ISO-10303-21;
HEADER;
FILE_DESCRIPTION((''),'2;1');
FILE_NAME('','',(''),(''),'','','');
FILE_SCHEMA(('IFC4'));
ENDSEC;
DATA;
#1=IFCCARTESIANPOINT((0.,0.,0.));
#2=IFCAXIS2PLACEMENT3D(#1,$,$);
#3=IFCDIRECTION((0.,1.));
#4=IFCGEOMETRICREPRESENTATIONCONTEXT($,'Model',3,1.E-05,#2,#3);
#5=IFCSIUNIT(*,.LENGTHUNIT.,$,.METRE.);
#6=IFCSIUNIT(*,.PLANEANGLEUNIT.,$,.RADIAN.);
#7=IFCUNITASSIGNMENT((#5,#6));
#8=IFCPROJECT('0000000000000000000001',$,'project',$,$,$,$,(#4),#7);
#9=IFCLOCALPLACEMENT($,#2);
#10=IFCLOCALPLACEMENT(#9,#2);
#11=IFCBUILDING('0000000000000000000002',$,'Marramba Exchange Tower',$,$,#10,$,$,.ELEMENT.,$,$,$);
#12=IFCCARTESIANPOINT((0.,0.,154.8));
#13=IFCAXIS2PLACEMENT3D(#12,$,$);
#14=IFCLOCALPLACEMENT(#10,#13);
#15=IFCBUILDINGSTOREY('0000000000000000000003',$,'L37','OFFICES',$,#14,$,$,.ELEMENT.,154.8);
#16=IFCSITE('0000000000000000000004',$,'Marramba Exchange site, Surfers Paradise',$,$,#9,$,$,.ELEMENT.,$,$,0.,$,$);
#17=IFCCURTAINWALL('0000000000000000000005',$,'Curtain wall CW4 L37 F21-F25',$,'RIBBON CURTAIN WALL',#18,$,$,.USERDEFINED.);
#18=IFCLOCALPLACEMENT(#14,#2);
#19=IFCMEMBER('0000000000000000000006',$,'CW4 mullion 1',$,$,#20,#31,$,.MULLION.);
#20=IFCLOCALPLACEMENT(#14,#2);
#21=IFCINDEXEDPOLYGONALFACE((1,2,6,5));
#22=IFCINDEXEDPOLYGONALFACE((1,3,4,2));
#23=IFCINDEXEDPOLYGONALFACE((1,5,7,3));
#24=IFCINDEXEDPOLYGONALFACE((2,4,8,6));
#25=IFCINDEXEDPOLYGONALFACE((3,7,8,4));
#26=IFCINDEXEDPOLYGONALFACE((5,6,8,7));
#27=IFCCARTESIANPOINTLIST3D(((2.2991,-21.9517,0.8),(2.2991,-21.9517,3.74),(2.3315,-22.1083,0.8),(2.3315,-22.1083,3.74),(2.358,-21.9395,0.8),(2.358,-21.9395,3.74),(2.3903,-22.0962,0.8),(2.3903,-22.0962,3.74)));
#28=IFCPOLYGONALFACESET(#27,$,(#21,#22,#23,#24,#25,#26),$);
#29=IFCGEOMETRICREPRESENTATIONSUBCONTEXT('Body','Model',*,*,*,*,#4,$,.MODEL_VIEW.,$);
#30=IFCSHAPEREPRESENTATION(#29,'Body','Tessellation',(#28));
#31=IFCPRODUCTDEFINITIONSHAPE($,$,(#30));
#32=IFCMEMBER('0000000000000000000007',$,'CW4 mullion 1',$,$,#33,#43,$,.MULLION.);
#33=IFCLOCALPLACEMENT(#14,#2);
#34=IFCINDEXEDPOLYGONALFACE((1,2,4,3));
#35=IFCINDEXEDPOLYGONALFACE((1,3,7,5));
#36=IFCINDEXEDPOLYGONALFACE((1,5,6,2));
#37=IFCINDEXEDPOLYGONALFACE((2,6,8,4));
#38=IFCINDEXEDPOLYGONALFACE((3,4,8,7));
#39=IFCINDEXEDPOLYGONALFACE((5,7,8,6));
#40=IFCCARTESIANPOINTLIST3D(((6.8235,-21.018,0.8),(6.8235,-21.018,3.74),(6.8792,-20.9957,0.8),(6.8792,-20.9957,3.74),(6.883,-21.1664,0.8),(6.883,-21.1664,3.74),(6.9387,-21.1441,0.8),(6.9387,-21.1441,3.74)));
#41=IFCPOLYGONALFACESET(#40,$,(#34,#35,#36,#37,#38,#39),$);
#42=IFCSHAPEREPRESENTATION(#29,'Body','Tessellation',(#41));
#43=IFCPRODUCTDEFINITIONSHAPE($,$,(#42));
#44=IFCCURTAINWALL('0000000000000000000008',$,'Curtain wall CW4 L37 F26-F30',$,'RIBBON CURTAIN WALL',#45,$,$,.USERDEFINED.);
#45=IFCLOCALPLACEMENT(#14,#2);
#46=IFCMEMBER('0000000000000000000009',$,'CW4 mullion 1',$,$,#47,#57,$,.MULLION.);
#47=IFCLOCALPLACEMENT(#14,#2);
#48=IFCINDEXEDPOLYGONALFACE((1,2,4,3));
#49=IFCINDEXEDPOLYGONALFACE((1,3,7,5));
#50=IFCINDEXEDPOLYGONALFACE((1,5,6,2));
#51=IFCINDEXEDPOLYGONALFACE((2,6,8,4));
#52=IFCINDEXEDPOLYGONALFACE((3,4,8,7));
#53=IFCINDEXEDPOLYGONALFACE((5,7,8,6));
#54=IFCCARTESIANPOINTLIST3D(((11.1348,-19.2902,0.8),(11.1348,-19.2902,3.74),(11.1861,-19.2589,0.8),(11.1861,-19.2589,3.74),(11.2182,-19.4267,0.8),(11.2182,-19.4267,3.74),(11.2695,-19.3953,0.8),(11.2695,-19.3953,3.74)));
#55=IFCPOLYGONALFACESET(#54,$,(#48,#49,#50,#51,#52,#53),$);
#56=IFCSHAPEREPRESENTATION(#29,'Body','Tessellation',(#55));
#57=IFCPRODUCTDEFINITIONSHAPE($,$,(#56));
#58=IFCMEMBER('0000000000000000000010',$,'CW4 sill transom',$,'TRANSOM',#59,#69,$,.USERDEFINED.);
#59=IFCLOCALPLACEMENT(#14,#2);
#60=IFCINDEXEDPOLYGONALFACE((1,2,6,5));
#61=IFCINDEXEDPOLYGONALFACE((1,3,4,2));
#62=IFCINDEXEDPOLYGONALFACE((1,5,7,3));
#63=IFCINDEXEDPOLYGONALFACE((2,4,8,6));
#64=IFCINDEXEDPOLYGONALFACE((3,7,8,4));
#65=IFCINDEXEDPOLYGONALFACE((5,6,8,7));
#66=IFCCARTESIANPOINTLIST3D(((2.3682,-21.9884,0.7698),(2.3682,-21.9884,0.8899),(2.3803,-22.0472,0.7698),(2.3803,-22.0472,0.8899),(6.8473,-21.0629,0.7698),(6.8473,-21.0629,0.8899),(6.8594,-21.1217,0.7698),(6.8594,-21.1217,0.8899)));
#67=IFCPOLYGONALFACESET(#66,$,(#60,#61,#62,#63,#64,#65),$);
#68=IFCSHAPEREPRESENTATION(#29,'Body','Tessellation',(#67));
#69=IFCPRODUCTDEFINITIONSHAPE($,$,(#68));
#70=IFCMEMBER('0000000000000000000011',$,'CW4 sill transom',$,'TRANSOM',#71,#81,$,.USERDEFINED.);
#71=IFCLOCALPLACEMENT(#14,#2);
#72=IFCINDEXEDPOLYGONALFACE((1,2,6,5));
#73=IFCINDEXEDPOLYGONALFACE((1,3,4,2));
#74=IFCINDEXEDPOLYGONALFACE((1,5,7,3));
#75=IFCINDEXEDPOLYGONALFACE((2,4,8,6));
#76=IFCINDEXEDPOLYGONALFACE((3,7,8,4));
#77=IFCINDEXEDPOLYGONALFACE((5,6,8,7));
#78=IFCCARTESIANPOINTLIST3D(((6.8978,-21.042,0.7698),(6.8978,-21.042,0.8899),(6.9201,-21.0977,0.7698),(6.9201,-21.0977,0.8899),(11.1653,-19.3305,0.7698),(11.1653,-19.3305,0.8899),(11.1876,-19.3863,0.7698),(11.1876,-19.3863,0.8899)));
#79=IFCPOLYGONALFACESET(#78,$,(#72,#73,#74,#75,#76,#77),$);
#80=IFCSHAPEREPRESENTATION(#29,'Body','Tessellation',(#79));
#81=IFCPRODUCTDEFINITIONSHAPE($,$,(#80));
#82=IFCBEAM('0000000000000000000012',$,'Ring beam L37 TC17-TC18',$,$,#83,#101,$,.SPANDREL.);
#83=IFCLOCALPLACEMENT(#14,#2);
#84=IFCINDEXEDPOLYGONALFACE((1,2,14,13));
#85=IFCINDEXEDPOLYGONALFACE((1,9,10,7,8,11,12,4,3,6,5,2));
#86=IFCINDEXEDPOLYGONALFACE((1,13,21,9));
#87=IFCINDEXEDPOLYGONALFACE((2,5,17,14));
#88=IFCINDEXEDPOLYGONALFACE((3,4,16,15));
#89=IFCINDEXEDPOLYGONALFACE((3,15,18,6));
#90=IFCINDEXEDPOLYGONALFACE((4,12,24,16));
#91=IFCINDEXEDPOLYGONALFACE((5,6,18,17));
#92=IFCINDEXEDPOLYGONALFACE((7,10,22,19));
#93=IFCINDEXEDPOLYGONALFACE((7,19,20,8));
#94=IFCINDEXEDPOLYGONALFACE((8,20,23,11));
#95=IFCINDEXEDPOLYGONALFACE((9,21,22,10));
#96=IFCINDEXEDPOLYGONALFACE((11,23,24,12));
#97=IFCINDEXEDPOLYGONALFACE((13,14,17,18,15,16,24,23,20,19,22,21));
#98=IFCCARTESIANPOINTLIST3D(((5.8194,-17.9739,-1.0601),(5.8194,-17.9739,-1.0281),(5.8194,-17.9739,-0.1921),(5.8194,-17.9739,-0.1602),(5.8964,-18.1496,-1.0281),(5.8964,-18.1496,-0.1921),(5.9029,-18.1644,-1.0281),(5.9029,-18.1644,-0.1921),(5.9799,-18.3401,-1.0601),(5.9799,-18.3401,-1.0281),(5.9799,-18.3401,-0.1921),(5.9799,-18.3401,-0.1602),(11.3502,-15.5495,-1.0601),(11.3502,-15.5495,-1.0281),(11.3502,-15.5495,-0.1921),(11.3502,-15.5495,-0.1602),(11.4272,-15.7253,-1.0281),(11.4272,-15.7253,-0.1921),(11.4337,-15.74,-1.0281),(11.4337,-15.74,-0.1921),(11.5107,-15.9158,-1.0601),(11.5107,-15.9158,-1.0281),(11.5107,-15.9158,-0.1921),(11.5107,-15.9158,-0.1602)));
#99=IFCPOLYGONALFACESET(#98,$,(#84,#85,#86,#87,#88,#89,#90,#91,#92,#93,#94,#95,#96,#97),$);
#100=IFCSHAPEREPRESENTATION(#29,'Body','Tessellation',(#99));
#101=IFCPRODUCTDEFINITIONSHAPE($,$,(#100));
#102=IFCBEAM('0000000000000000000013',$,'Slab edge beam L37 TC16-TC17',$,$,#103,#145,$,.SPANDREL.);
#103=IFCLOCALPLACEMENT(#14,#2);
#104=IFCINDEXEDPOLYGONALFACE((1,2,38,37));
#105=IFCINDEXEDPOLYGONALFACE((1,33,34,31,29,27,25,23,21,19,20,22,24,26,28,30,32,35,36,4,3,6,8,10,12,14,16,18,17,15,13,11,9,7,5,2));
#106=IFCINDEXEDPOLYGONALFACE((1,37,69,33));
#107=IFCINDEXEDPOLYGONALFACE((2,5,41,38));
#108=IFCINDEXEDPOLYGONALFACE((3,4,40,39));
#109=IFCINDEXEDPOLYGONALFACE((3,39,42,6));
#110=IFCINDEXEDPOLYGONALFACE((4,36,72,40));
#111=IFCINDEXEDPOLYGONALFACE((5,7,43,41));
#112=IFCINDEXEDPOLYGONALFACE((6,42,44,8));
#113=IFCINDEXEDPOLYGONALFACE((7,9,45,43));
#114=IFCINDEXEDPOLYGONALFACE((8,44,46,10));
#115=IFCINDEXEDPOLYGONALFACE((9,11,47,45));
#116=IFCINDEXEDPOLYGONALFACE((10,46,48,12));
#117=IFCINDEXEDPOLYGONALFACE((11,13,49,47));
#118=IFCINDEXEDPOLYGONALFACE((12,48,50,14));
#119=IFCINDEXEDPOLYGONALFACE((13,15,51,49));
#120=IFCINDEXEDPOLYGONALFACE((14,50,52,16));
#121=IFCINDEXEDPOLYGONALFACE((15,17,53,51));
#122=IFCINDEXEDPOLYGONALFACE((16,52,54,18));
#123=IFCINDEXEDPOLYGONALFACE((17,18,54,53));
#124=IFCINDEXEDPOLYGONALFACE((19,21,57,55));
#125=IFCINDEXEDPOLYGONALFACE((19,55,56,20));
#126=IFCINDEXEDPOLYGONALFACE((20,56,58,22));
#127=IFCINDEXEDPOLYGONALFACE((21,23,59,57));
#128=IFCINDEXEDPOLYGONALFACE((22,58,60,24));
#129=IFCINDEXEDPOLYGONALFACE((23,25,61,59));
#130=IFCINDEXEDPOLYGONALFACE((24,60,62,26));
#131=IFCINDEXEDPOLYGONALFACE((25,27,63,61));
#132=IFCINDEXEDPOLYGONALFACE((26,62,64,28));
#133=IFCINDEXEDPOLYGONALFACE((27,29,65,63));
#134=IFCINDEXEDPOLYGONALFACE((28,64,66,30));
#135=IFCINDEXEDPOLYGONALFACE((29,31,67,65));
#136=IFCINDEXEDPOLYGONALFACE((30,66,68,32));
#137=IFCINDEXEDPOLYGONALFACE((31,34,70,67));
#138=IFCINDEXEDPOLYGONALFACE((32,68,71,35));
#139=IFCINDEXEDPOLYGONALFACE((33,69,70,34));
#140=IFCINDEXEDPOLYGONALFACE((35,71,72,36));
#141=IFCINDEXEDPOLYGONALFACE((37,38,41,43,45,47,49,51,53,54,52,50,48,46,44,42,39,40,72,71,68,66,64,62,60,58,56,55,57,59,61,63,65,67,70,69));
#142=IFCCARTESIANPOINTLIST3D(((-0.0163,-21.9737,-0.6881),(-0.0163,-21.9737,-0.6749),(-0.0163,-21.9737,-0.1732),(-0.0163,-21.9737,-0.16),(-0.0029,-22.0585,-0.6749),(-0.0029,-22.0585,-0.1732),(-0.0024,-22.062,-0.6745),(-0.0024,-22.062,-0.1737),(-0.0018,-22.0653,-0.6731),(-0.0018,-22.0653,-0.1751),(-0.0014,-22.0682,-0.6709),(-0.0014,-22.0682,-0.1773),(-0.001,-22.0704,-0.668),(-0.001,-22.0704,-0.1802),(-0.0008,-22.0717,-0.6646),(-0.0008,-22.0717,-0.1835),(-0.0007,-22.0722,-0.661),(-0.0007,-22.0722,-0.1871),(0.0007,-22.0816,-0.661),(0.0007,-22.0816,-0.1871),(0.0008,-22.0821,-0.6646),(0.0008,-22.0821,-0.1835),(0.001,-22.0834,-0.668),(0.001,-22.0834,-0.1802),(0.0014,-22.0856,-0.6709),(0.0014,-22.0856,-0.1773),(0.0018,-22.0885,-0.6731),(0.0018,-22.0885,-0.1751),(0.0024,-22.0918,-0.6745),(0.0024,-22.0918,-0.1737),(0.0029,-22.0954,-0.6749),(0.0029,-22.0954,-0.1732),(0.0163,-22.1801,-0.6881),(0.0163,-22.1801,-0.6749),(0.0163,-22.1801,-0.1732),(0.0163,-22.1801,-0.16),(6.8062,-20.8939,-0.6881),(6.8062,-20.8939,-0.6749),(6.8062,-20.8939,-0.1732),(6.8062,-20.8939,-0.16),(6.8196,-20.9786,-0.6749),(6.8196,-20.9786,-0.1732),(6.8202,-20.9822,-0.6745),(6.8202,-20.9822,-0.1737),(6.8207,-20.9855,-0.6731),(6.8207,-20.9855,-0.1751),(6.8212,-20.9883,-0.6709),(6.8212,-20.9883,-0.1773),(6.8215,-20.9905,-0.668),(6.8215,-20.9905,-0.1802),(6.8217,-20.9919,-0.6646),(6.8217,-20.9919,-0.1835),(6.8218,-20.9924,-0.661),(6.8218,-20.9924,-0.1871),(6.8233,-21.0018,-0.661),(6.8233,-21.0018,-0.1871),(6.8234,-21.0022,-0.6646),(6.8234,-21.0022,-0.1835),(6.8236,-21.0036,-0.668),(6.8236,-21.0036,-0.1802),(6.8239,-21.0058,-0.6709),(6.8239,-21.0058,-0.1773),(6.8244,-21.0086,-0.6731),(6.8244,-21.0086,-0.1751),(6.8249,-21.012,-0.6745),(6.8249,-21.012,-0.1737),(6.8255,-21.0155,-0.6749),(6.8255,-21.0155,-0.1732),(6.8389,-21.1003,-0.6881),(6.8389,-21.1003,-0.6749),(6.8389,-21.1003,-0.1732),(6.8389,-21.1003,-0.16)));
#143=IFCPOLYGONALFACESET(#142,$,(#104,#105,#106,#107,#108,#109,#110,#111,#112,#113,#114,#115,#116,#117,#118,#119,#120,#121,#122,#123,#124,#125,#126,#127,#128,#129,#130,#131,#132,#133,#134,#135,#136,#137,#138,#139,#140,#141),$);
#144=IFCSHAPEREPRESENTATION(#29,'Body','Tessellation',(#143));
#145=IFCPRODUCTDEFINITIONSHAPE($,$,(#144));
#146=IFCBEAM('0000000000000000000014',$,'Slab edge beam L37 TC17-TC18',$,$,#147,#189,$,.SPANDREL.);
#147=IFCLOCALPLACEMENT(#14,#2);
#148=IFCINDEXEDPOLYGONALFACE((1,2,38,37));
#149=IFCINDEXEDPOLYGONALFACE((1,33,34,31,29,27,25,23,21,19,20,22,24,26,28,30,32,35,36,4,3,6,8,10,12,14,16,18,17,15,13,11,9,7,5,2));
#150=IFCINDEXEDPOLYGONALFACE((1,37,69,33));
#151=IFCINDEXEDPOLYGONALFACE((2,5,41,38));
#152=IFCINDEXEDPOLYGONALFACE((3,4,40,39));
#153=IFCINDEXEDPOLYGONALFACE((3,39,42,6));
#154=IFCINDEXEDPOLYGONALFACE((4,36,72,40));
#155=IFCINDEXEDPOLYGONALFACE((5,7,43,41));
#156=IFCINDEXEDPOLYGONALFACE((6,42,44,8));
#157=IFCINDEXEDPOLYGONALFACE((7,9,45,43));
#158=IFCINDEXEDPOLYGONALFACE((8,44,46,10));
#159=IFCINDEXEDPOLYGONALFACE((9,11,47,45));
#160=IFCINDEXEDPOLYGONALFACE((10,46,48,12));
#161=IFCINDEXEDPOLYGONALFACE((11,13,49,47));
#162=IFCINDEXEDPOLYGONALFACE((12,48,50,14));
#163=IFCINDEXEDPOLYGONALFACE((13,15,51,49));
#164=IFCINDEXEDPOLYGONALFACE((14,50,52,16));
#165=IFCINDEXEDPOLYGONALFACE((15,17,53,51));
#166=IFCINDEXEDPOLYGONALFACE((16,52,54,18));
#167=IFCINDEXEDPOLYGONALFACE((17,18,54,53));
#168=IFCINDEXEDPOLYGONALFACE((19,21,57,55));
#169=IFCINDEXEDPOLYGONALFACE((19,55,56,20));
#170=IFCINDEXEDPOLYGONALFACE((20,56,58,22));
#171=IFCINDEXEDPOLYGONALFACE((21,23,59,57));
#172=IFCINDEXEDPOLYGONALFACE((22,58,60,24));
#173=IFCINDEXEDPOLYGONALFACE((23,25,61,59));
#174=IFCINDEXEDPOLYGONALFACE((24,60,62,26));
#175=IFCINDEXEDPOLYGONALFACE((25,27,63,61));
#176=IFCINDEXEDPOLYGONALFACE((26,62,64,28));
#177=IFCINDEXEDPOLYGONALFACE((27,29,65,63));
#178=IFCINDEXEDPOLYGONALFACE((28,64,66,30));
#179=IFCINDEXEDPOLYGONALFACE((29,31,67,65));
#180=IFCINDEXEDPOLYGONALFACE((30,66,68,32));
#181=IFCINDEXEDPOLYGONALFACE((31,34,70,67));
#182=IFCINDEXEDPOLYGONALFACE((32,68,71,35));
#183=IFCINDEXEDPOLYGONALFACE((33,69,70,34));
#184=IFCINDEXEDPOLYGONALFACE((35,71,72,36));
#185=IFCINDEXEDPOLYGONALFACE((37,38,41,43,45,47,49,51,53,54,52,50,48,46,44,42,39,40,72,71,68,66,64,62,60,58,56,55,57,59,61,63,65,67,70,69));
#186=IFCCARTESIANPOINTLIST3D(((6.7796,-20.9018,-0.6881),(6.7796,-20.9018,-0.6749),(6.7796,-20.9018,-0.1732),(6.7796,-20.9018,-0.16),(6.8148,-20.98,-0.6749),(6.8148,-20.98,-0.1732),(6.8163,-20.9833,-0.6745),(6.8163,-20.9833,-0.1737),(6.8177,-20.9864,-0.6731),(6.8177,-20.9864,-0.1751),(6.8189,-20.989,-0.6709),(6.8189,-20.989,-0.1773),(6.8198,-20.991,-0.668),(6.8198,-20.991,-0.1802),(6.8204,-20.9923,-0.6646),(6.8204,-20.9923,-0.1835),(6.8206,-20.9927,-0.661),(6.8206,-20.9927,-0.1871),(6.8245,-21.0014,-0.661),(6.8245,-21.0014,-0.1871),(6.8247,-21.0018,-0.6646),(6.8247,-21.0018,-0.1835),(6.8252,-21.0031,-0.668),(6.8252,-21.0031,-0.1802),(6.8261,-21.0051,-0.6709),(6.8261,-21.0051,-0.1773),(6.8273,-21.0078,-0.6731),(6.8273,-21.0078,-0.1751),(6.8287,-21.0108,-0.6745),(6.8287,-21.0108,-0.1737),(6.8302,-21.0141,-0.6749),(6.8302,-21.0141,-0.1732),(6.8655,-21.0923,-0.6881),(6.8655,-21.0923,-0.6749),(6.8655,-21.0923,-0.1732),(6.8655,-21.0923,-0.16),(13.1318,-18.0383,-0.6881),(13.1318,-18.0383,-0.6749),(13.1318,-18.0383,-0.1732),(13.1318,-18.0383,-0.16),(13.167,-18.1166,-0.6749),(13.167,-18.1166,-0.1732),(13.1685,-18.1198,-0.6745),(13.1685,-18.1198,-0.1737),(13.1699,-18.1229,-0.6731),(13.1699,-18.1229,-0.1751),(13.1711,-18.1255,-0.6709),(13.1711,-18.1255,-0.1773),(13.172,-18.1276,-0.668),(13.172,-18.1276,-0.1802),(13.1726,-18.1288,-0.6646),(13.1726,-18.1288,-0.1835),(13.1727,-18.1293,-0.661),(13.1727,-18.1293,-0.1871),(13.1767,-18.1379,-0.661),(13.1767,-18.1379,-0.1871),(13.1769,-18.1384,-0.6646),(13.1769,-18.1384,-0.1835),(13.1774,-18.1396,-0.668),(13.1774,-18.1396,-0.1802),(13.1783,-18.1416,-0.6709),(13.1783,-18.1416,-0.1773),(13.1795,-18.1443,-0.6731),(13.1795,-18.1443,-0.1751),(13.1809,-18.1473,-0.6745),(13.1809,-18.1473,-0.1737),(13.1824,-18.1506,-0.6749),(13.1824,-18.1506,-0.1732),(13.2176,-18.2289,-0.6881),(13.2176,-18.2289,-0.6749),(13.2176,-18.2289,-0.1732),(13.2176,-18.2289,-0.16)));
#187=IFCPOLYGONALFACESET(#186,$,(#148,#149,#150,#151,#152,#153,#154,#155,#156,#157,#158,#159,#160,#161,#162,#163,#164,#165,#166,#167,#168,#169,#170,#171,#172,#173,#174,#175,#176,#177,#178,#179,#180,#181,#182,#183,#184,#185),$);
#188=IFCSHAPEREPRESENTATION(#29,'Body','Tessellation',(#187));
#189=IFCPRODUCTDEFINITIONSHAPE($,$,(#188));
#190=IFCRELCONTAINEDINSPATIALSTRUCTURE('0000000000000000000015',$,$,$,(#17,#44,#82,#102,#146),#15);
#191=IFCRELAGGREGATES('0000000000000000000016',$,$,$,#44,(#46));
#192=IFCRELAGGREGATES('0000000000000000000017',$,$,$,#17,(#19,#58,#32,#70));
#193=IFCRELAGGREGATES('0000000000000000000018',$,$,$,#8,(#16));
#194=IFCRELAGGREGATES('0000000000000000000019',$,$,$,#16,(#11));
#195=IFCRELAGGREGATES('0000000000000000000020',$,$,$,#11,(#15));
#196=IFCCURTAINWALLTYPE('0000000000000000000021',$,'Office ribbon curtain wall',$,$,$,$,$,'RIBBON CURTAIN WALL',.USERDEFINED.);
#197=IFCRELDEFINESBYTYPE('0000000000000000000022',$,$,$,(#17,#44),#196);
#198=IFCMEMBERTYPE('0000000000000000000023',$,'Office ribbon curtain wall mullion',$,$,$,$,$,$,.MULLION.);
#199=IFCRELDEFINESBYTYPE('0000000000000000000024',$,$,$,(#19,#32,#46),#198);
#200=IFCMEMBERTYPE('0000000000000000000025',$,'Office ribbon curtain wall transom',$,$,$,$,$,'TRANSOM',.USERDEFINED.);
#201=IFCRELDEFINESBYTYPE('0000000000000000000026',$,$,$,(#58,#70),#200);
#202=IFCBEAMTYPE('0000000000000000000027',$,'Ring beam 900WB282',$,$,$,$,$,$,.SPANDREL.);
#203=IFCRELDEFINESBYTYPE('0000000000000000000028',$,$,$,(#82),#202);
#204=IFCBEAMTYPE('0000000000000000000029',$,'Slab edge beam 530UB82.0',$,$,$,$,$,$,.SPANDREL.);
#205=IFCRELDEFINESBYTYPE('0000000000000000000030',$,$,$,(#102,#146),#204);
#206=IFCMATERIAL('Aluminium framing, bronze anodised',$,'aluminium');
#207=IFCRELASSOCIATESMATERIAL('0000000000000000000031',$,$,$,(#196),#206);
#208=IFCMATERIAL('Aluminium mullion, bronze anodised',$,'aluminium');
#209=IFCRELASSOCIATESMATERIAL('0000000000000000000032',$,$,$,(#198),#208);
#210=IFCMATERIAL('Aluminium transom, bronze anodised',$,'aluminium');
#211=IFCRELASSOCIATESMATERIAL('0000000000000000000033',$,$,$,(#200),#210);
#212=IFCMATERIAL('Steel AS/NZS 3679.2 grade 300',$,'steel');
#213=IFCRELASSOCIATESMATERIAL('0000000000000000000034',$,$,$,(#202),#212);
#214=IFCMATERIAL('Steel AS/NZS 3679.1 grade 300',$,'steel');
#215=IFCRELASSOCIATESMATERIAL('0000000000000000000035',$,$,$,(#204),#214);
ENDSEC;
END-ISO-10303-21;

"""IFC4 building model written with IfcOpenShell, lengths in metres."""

from ifc_helpers import new_model, si_unit, direction, frame, origin, origin_2d, place, context, subcontext, project, spatial, rectangle, i_section, extrude, material, material_profile, profile_set, type_object, element, aggregate, save


model = new_model("IFC4")

# Units and contexts
model_context = context("Model", 3, precision=1e-05, world=origin(), true_north=direction((0.0, 1.0)))
body_context = subcontext(model_context, "Body", "Model", "MODEL_VIEW")
ifc_project = project(units=[si_unit("LENGTHUNIT", "METRE"), si_unit("PLANEANGLEUNIT", "RADIAN")], contexts=[model_context])

# Site, building, storey
site_placement = place(None, origin())
site = spatial("IfcSite", under=ifc_project, at=site_placement, Name="Marramba Exchange site, Surfers Paradise", CompositionType="ELEMENT", RefElevation=0.0)
building_placement = place(site_placement, origin())
building = spatial("IfcBuilding", under=site, at=building_placement, Name="Marramba Exchange Tower", CompositionType="ELEMENT")
storey_placement = place(building_placement, frame((0.0, 0.0, 154.8)))
storey = spatial("IfcBuildingStorey", under=building, at=storey_placement, Name="L37", Description="OFFICES", CompositionType="ELEMENT", Elevation=154.8)

# Shared definitions
ifc_material_1 = material(Name="Steel AS/NZS 3679.2 grade 300", Category="steel")
ifc_material_2 = material(Name="Steel AS/NZS 3679.1 grade 300", Category="steel")

# Curtain wall, members
ifc_material_3 = material(Name="Aluminium framing, bronze anodised", Category="aluminium")
curtain_wall_type = type_object("IfcCurtainWallType", Name="Office ribbon curtain wall", ElementType="RIBBON CURTAIN WALL", PredefinedType="USERDEFINED", material=ifc_material_3)
curtain_wall_1_placement = place(storey_placement, origin())
curtain_wall_1 = element("IfcCurtainWall", 1, at=curtain_wall_1_placement, inside=storey, type_object=curtain_wall_type, Name="Curtain wall CW4 L37 F21-F25", ObjectType="RIBBON CURTAIN WALL", PredefinedType="USERDEFINED")
ifc_material_4 = material(Name="Aluminium mullion, bronze anodised", Category="aluminium")
ifc_material_profile_1 = material_profile(ifc_material_4, rectangle(XDim=0.1599, YDim=0.0601, at=origin_2d()), Name="CW4 mullion 60x160")
ifc_profile_set_1 = profile_set([ifc_material_profile_1], Name="Aluminium mullion, bronze anodised")
member_type_1 = type_object("IfcMemberType", Name="Office ribbon curtain wall mullion", PredefinedType="MULLION", material=ifc_profile_set_1)
member_1_placement = place(storey_placement, frame((2.3447, -22.0239, 0.8), z_axis=(0.0, 0.0, 1.0), x_axis=(-0.202365, 0.97931, 0.0)))
member_1 = element("IfcMember", 2, at=member_1_placement, type_object=member_type_1, Name="CW4 mullion 1", PredefinedType="MULLION", context=body_context, shape_type="SweptSolid", body=[
    extrude(rectangle(XDim=0.1599, YDim=0.0601, at=origin_2d()), origin(), (0.0, 0.0, 1.0), 2.9399),
])
member_2_placement = place(storey_placement, frame((6.8811, -21.0811, 0.8), z_axis=(0.0, 0.0, 1.0), x_axis=(-0.372209, 0.928149, 0.0)))
member_2 = element("IfcMember", 3, at=member_2_placement, type_object=member_type_1, Name="CW4 mullion 1", PredefinedType="MULLION", context=body_context, shape_type="SweptSolid", body=[
    extrude(rectangle(XDim=0.1599, YDim=0.0601, at=origin_2d()), origin(), (0.0, 0.0, 1.0), 2.9399),
])

# Curtain wall, member
curtain_wall_2_placement = place(storey_placement, origin())
curtain_wall_2 = element("IfcCurtainWall", 4, at=curtain_wall_2_placement, inside=storey, type_object=curtain_wall_type, Name="Curtain wall CW4 L37 F26-F30", ObjectType="RIBBON CURTAIN WALL", PredefinedType="USERDEFINED")
member_3_placement = place(storey_placement, frame((11.2021, -19.3428, 0.8), z_axis=(0.0, 0.0, 1.0), x_axis=(-0.521733, 0.853109, 0.0)))
member_3 = element("IfcMember", 5, at=member_3_placement, type_object=member_type_1, Name="CW4 mullion 1", PredefinedType="MULLION", context=body_context, shape_type="SweptSolid", body=[
    extrude(rectangle(XDim=0.1599, YDim=0.0601, at=origin_2d()), origin(), (0.0, 0.0, 1.0), 2.9399),
])
aggregate(curtain_wall_2, [member_3])

# Members
ifc_material_5 = material(Name="Aluminium transom, bronze anodised", Category="aluminium")
ifc_material_profile_2 = material_profile(ifc_material_5, rectangle(XDim=0.0601, YDim=0.1201, at=origin_2d()), Name="CW4 transom 60x120")
ifc_profile_set_2 = profile_set([ifc_material_profile_2], Name="Aluminium transom, bronze anodised")
member_type_2 = type_object("IfcMemberType", Name="Office ribbon curtain wall transom", ElementType="TRANSOM", PredefinedType="USERDEFINED", material=ifc_profile_set_2)
member_4_placement = place(storey_placement, frame((2.3743, -22.0178, 0.8298), z_axis=(0.97931, 0.202364, 0.0), x_axis=(-0.202364, 0.97931, 0.0)))
member_4 = element("IfcMember", 6, at=member_4_placement, type_object=member_type_2, Name="CW4 sill transom", ObjectType="TRANSOM", PredefinedType="USERDEFINED", context=body_context, shape_type="SweptSolid", body=[
    extrude(rectangle(XDim=0.0601, YDim=0.1201, at=origin_2d()), origin(), (0.0, 0.0, 1.0), 4.5737),
])
member_5_placement = place(storey_placement, frame((6.9089, -21.0698, 0.8298), z_axis=(0.928147, 0.372214, 0.0), x_axis=(-0.372214, 0.928147, 0.0)))
member_5 = element("IfcMember", 7, at=member_5_placement, type_object=member_type_2, Name="CW4 sill transom", ObjectType="TRANSOM", PredefinedType="USERDEFINED", context=body_context, shape_type="SweptSolid", body=[
    extrude(rectangle(XDim=0.0601, YDim=0.1201, at=origin_2d()), origin(), (0.0, 0.0, 1.0), 4.5979),
])

# Beams
ifc_material_profile_3 = material_profile(ifc_material_1, i_section(OverallWidth=0.3999, OverallDepth=0.8999, WebThickness=0.0161, FlangeThickness=0.032, at=origin_2d()), Name="900WB282")
ifc_profile_set_3 = profile_set([ifc_material_profile_3], Name="Steel AS/NZS 3679.2 grade 300")
beam_type_1 = type_object("IfcBeamType", Name="Ring beam 900WB282", PredefinedType="SPANDREL", material=ifc_profile_set_3)
beam_1_placement = place(storey_placement, frame((5.8997, -18.157, -0.6101), z_axis=(0.915877, 0.401459, 0.0), x_axis=(-0.401459, 0.915877, 0.0)))
element("IfcBeam", 8, at=beam_1_placement, inside=storey, type_object=beam_type_1, Name="Ring beam L37 TC17-TC18", PredefinedType="SPANDREL", context=body_context, shape_type="SweptSolid", body=[
    extrude(i_section(OverallWidth=0.3999, OverallDepth=0.8999, WebThickness=0.0161, FlangeThickness=0.032, at=origin_2d()), origin(), (0.0, 0.0, 1.0), 6.0388),
])
ifc_material_profile_4 = material_profile(ifc_material_2, i_section(OverallWidth=0.209, OverallDepth=0.5281, WebThickness=0.0095, FlangeThickness=0.0132, FilletRadius=0.0139, at=origin_2d()), Name="530UB82.0")
ifc_profile_set_4 = profile_set([ifc_material_profile_4], Name="Steel AS/NZS 3679.1 grade 300")
beam_type_2 = type_object("IfcBeamType", Name="Slab edge beam 530UB82.0", PredefinedType="SPANDREL", material=ifc_profile_set_4)
beam_2_placement = place(storey_placement, frame((0.0, -22.0769, -0.4241), z_axis=(0.987705, 0.156329, 0.0), x_axis=(-0.156329, 0.987705, 0.0)))
element("IfcBeam", 9, at=beam_2_placement, inside=storey, type_object=beam_type_2, Name="Slab edge beam L37 TC16-TC17", PredefinedType="SPANDREL", context=body_context, shape_type="SweptSolid", body=[
    extrude(i_section(OverallWidth=0.209, OverallDepth=0.5281, WebThickness=0.0095, FlangeThickness=0.0132, FilletRadius=0.0139, at=origin_2d()), origin(), (0.0, 0.0, 1.0), 6.9075),
])
beam_3_placement = place(storey_placement, frame((6.8225, -20.9971, -0.4241), z_axis=(0.911653, 0.41096, 0.0), x_axis=(-0.41096, 0.911653, 0.0)))
element("IfcBeam", 10, at=beam_3_placement, inside=storey, type_object=beam_type_2, Name="Slab edge beam L37 TC17-TC18", PredefinedType="SPANDREL", context=body_context, shape_type="SweptSolid", body=[
    extrude(i_section(OverallWidth=0.209, OverallDepth=0.5281, WebThickness=0.0095, FlangeThickness=0.0132, FilletRadius=0.0139, at=origin_2d()), origin(), (0.0, 0.0, 1.0), 6.9678),
])

aggregate(curtain_wall_1, [member_1, member_4, member_2, member_5])

save(model, "model.ifc")
